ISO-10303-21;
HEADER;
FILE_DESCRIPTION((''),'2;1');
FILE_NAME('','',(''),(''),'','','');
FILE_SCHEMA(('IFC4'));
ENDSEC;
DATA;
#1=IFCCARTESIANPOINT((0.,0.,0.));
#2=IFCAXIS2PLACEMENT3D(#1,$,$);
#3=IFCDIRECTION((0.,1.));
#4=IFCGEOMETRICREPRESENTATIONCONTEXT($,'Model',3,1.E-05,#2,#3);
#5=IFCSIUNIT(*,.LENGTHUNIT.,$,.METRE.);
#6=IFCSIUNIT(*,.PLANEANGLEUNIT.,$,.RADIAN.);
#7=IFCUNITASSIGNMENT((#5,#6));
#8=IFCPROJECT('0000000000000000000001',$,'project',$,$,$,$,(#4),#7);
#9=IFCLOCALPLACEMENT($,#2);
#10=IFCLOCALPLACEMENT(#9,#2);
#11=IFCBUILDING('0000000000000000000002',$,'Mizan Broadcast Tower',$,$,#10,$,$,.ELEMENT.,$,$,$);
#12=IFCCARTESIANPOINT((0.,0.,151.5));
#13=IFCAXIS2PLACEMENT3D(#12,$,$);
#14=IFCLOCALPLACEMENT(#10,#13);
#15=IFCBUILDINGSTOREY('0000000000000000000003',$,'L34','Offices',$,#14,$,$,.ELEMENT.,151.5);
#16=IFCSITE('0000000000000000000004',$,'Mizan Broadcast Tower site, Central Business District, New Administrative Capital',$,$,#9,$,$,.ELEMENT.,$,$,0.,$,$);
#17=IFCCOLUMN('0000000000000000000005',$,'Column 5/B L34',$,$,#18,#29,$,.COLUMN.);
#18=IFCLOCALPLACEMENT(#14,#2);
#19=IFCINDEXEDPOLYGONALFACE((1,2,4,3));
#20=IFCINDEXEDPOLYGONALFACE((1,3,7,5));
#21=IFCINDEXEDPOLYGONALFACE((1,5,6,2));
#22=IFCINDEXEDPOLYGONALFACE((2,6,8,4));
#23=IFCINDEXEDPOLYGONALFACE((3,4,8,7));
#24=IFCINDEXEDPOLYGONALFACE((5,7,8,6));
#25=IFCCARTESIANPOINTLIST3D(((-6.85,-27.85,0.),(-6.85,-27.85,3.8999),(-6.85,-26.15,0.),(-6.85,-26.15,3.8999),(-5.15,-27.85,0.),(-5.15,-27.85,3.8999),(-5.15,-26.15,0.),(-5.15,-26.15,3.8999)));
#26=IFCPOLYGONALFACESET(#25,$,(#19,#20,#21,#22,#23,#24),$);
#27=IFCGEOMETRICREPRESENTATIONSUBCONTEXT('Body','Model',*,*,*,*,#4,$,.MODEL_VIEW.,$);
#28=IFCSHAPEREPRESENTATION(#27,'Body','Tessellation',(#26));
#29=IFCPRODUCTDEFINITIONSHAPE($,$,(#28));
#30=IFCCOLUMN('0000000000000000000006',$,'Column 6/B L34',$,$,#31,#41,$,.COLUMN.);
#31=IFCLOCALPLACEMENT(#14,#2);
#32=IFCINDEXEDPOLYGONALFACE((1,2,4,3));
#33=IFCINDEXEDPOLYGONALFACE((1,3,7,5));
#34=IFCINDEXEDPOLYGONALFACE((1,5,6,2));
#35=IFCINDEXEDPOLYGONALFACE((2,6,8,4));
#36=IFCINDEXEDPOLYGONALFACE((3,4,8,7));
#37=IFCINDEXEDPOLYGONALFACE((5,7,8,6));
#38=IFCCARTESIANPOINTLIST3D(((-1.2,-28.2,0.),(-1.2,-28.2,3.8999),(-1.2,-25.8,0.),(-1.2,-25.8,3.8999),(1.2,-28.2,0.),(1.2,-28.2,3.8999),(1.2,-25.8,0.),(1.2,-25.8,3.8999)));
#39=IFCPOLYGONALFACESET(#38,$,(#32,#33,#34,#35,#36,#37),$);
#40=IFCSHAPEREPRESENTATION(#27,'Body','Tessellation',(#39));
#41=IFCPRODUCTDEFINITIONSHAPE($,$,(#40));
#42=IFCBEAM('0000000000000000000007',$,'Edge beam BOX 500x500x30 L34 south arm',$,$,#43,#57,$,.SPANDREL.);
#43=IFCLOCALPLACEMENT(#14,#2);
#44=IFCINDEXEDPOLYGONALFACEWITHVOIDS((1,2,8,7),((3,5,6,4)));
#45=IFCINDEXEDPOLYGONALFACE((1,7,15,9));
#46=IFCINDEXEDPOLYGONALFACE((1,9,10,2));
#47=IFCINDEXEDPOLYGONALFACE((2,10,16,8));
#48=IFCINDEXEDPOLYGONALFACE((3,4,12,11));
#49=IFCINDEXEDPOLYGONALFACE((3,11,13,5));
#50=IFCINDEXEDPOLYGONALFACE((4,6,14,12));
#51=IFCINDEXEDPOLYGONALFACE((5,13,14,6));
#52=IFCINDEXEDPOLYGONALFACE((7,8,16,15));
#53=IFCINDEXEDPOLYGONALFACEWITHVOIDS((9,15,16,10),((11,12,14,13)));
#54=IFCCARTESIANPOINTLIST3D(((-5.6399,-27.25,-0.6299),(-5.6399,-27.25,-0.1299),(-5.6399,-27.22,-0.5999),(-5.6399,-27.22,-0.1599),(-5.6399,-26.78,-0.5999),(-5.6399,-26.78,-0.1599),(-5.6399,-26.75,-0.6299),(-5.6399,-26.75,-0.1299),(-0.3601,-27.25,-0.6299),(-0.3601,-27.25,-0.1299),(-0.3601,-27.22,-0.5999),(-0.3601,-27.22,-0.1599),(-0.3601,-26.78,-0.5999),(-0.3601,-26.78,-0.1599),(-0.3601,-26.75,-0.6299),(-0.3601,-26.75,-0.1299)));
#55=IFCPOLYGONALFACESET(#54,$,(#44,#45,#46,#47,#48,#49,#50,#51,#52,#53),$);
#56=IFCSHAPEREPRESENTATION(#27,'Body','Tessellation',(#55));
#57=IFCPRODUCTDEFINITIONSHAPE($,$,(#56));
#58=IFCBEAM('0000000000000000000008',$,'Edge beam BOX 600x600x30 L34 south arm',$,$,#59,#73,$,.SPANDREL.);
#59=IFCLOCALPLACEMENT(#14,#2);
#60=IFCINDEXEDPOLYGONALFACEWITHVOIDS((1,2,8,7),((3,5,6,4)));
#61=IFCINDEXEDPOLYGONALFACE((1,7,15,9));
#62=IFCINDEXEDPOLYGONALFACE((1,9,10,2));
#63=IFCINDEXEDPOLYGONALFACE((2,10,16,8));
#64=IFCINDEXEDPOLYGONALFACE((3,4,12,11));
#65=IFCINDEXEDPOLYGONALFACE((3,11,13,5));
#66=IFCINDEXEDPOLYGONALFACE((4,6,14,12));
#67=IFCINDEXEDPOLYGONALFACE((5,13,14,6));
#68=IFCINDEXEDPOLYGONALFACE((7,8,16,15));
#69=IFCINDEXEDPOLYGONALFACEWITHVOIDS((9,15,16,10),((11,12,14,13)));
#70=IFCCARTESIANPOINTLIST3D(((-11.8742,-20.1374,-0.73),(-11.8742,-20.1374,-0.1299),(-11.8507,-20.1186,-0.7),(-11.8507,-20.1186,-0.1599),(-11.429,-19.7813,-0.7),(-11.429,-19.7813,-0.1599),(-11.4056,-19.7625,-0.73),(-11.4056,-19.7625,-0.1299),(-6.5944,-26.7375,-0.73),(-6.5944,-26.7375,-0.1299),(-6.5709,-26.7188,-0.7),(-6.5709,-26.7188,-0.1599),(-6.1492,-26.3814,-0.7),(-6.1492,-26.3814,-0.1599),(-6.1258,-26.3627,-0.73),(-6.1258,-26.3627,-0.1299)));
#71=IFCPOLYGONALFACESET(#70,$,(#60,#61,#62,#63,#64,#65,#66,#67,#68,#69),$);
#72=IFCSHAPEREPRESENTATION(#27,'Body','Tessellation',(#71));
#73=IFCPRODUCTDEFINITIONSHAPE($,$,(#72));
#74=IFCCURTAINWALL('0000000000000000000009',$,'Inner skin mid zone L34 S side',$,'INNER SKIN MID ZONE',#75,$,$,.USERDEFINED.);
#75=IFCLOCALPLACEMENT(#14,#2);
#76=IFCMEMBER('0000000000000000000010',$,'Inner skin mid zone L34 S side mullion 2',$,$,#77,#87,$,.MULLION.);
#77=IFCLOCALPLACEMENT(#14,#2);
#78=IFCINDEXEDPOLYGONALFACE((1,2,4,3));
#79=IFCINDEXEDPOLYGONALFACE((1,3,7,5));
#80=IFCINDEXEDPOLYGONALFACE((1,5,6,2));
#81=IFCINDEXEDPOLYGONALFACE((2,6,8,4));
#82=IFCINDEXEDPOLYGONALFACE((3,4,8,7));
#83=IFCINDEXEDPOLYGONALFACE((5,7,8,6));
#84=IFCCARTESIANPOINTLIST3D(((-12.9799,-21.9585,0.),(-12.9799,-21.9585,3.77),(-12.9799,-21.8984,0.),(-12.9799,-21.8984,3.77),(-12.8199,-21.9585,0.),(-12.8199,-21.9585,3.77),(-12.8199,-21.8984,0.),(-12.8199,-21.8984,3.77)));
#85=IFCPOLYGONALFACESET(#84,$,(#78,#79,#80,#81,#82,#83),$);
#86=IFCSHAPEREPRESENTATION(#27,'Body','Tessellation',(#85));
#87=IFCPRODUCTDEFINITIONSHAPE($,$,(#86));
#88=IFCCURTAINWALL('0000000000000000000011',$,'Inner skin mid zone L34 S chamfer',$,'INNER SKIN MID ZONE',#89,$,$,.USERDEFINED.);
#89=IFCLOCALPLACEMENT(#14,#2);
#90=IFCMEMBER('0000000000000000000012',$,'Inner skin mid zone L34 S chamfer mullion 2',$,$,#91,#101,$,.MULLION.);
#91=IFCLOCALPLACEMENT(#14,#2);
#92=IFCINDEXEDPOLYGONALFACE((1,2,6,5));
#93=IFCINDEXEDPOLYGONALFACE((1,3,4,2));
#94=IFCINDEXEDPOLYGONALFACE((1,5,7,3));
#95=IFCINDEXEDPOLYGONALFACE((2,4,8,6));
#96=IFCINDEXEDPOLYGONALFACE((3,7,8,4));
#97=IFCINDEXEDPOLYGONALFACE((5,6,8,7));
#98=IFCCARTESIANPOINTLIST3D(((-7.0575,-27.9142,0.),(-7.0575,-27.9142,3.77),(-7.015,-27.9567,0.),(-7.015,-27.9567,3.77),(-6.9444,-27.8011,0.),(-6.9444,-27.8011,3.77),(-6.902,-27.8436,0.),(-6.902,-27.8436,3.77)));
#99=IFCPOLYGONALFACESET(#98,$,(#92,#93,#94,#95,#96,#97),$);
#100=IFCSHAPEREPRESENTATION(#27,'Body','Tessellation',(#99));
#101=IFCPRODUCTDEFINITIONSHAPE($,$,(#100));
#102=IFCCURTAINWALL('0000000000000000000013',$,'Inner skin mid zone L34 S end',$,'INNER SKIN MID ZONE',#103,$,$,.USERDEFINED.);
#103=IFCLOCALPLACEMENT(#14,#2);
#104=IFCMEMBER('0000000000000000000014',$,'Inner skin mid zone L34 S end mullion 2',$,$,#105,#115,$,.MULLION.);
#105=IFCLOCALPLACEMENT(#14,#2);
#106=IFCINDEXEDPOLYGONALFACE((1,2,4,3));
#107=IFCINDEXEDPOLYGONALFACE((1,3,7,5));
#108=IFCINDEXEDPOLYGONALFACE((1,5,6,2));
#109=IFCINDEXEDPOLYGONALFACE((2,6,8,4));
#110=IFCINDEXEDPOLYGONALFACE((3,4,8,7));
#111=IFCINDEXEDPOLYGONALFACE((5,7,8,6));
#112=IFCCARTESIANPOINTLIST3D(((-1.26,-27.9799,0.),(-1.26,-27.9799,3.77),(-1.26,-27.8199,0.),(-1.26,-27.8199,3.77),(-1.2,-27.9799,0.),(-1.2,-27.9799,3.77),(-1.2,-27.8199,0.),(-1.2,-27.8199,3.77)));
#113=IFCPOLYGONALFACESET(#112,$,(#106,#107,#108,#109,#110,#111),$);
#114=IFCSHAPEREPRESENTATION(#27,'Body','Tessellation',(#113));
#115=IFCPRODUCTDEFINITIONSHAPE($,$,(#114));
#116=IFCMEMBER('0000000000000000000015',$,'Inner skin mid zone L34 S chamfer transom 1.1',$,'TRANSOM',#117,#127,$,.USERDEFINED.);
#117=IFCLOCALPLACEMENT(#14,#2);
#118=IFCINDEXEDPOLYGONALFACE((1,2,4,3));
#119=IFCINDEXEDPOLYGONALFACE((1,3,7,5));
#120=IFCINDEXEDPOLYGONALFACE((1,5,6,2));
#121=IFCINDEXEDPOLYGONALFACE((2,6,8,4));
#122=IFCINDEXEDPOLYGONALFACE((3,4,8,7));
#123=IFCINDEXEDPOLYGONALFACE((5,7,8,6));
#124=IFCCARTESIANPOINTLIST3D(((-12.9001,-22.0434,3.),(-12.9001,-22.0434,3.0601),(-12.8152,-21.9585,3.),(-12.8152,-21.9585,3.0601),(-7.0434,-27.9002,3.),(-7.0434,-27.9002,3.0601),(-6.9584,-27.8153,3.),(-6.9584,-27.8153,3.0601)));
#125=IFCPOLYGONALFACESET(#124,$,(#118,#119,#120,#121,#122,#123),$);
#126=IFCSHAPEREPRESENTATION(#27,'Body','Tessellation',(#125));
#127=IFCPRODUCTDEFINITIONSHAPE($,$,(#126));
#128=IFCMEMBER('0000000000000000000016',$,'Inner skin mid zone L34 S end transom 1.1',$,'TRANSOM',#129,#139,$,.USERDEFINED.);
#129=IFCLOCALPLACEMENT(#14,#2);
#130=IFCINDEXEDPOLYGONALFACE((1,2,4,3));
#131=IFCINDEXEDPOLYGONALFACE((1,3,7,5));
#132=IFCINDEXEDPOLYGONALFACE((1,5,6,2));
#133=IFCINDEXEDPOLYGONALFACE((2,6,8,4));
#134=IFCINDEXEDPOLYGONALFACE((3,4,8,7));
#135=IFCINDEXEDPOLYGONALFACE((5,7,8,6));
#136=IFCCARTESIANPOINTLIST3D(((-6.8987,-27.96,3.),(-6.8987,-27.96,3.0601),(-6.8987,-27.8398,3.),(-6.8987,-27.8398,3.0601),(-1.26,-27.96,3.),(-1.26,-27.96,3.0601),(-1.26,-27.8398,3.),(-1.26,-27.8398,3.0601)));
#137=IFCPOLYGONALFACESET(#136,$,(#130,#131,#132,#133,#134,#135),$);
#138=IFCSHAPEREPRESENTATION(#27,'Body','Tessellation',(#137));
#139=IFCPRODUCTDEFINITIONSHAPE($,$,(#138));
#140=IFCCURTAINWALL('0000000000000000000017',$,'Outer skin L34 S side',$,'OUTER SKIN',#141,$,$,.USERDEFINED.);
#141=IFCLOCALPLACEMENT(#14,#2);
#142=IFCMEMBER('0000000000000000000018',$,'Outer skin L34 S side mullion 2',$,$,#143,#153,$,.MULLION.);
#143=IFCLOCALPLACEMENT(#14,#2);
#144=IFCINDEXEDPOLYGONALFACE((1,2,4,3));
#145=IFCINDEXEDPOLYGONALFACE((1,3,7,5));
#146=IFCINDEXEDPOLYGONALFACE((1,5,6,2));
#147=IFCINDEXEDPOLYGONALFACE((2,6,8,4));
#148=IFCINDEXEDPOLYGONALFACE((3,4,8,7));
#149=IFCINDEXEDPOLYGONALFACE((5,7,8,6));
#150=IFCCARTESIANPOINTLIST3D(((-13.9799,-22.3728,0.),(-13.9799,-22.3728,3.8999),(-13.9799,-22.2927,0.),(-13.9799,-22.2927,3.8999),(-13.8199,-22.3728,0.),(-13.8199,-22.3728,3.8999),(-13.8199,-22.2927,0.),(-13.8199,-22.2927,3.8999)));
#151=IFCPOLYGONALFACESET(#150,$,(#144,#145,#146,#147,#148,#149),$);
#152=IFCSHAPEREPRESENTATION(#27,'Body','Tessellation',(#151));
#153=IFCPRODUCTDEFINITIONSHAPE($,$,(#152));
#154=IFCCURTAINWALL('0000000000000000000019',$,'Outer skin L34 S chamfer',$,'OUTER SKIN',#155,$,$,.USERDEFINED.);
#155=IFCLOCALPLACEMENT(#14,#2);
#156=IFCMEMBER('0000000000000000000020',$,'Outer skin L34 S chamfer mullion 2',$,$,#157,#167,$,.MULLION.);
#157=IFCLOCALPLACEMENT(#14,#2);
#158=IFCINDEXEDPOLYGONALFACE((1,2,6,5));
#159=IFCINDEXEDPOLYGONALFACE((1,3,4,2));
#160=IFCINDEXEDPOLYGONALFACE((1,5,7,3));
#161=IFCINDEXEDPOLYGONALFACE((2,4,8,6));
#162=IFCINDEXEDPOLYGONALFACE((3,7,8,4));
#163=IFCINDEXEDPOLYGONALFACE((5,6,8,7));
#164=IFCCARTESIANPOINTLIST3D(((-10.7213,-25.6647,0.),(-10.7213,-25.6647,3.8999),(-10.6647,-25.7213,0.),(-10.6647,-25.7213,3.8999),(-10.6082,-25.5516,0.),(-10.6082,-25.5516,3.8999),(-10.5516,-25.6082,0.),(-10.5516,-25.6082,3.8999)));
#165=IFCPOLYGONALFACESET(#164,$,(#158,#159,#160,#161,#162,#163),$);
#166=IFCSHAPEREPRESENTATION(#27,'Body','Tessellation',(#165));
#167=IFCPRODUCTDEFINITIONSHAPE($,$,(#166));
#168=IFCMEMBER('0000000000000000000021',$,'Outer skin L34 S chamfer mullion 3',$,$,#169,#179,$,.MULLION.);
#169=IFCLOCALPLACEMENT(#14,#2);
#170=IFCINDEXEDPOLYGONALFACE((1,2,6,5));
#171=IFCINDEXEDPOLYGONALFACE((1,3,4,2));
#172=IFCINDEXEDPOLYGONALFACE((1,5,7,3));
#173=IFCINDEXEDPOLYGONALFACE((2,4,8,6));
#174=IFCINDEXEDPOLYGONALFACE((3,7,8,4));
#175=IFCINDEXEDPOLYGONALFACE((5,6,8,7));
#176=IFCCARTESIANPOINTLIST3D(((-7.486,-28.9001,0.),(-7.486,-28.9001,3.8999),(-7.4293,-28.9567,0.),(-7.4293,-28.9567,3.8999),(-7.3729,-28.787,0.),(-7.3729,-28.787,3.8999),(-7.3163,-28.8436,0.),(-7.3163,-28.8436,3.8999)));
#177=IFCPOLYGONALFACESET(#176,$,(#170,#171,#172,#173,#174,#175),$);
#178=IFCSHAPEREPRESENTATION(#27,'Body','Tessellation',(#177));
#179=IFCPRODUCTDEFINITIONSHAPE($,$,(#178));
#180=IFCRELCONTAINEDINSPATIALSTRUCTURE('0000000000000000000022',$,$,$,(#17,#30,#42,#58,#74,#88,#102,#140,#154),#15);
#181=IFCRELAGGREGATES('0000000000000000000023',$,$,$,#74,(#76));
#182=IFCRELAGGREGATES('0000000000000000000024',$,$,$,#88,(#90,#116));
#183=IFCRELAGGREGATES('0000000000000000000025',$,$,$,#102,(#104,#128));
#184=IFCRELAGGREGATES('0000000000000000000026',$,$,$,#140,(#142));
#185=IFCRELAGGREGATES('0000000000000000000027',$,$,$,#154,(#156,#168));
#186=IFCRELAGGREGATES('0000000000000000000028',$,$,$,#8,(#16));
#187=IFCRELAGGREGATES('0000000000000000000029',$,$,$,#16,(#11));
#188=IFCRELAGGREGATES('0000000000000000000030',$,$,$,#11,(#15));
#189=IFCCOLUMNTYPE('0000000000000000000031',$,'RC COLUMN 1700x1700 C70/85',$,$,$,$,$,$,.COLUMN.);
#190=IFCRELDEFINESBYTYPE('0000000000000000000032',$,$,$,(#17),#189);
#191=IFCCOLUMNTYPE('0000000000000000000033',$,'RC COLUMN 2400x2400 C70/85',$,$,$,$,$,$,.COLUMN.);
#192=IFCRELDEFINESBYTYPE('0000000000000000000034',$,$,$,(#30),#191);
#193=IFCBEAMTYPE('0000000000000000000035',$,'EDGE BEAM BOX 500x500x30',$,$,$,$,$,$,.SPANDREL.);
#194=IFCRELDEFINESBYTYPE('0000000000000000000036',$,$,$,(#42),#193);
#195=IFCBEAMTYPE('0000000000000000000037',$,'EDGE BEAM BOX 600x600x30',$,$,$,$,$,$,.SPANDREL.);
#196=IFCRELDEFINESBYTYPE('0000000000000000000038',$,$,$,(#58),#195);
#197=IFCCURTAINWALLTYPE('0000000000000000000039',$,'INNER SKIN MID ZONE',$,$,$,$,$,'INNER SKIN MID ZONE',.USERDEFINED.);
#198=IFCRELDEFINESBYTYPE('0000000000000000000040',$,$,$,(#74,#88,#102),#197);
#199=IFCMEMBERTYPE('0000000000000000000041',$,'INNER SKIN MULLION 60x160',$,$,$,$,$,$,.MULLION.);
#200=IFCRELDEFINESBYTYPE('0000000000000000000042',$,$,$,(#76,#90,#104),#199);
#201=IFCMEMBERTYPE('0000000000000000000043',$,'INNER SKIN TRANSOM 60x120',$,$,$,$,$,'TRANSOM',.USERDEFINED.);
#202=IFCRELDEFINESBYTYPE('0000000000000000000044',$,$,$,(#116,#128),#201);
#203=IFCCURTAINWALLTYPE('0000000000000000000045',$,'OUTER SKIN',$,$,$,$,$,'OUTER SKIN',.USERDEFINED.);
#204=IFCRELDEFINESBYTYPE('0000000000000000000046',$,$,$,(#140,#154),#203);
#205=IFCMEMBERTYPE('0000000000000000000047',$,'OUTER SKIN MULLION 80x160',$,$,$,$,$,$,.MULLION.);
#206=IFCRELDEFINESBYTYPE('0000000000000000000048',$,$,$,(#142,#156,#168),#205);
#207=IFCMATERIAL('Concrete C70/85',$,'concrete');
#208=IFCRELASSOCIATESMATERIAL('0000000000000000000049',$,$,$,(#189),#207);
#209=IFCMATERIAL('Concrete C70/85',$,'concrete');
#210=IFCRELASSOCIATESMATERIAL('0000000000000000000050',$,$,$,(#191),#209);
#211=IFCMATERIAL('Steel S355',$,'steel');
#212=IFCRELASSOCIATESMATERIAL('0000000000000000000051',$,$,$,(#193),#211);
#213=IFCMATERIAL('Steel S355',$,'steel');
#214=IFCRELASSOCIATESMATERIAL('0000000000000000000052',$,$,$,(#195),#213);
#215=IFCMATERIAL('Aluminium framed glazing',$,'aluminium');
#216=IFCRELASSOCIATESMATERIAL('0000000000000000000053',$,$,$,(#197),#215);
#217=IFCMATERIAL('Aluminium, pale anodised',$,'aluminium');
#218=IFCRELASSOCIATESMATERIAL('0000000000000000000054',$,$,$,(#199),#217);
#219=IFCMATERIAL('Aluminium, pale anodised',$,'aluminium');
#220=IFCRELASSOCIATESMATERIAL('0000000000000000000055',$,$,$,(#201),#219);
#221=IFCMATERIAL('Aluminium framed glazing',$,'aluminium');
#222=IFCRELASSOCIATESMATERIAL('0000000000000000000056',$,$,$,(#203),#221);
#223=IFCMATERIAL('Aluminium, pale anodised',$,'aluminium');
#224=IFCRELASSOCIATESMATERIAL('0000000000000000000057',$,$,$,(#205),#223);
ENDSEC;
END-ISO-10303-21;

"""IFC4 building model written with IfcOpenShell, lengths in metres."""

from ifc_helpers import new_model, si_unit, direction, frame, origin, origin_2d, place, context, subcontext, project, spatial, rectangle, hollow_rectangle, extrude, material, material_profile, profile_set, type_object, element, aggregate, save


model = new_model("IFC4")

# Units and contexts
model_context = context("Model", 3, precision=1e-05, world=origin(), true_north=direction((0.0, 1.0)))
body_context = subcontext(model_context, "Body", "Model", "MODEL_VIEW")
ifc_project = project(units=[si_unit("LENGTHUNIT", "METRE"), si_unit("PLANEANGLEUNIT", "RADIAN")], contexts=[model_context])

# Site, building, storey
site_placement = place(None, origin())
site = spatial("IfcSite", under=ifc_project, at=site_placement, Name="Mizan Broadcast Tower site, Central Business District, New Administrative Capital", CompositionType="ELEMENT", RefElevation=0.0)
building_placement = place(site_placement, origin())
building = spatial("IfcBuilding", under=site, at=building_placement, Name="Mizan Broadcast Tower", CompositionType="ELEMENT")
storey_placement = place(building_placement, frame((0.0, 0.0, 151.5)))
storey = spatial("IfcBuildingStorey", under=building, at=storey_placement, Name="L34", Description="Offices", CompositionType="ELEMENT", Elevation=151.5)

# Columns
ifc_material_1 = material(Name="Concrete C70/85", Category="concrete")
ifc_material_profile_1 = material_profile(ifc_material_1, rectangle(XDim=1.7, YDim=1.7, at=origin_2d()), Name="RC 1700x1700")
ifc_profile_set_1 = profile_set([ifc_material_profile_1], Name="Concrete C70/85")
column_type_1 = type_object("IfcColumnType", Name="RC COLUMN 1700x1700 C70/85", PredefinedType="COLUMN", material=ifc_profile_set_1)
column_1_placement = place(storey_placement, frame((-6.0, -27.0, 0.0), z_axis=(0.0, 0.0, 1.0), x_axis=(1.0, 0.0, 0.0)))
element("IfcColumn", 1, at=column_1_placement, inside=storey, type_object=column_type_1, Name="Column 5/B L34", PredefinedType="COLUMN", context=body_context, shape_type="SweptSolid", body=[
    extrude(rectangle(XDim=1.7, YDim=1.7, at=origin_2d()), origin(), (0.0, 0.0, 1.0), 3.8999),
])
ifc_material_2 = material(Name="Concrete C70/85", Category="concrete")
ifc_material_profile_2 = material_profile(ifc_material_2, rectangle(XDim=2.3999, YDim=2.3999, at=origin_2d()), Name="RC 2400x2400")
ifc_profile_set_2 = profile_set([ifc_material_profile_2], Name="Concrete C70/85")
column_type_2 = type_object("IfcColumnType", Name="RC COLUMN 2400x2400 C70/85", PredefinedType="COLUMN", material=ifc_profile_set_2)
column_2_placement = place(storey_placement, frame((0.0, -27.0, 0.0), z_axis=(0.0, 0.0, 1.0), x_axis=(1.0, 0.0, 0.0)))
element("IfcColumn", 2, at=column_2_placement, inside=storey, type_object=column_type_2, Name="Column 6/B L34", PredefinedType="COLUMN", context=body_context, shape_type="SweptSolid", body=[
    extrude(rectangle(XDim=2.3999, YDim=2.3999, at=origin_2d()), origin(), (0.0, 0.0, 1.0), 3.8999),
])

# Beams
ifc_material_3 = material(Name="Steel S355", Category="steel")
ifc_material_profile_3 = material_profile(ifc_material_3, hollow_rectangle(XDim=0.5, YDim=0.5, WallThickness=0.03, at=origin_2d()), Name="BOX 500x500x30")
ifc_profile_set_3 = profile_set([ifc_material_profile_3], Name="Steel S355")
beam_type_1 = type_object("IfcBeamType", Name="EDGE BEAM BOX 500x500x30", PredefinedType="SPANDREL", material=ifc_profile_set_3)
beam_1_placement = place(storey_placement, frame((-5.6399, -27.0, -0.3799), z_axis=(1.0, 0.0, 0.0), x_axis=(0.0, 1.0, 0.0)))
element("IfcBeam", 3, at=beam_1_placement, inside=storey, type_object=beam_type_1, Name="Edge beam BOX 500x500x30 L34 south arm", PredefinedType="SPANDREL", context=body_context, shape_type="SweptSolid", body=[
    extrude(hollow_rectangle(XDim=0.5, YDim=0.5, WallThickness=0.03, at=origin_2d()), origin(), (0.0, 0.0, 1.0), 5.2798),
])
ifc_material_4 = material(Name="Steel S355", Category="steel")
ifc_material_profile_4 = material_profile(ifc_material_4, hollow_rectangle(XDim=0.6001, YDim=0.6001, WallThickness=0.03, at=origin_2d()), Name="BOX 600x600x30")
ifc_profile_set_4 = profile_set([ifc_material_profile_4], Name="Steel S355")
beam_type_2 = type_object("IfcBeamType", Name="EDGE BEAM BOX 600x600x30", PredefinedType="SPANDREL", material=ifc_profile_set_4)
beam_2_placement = place(storey_placement, frame((-11.6399, -19.95, -0.4299), z_axis=(0.624674, -0.780886, 0.0), x_axis=(0.780886, 0.624674, 0.0)))
element("IfcBeam", 4, at=beam_2_placement, inside=storey, type_object=beam_type_2, Name="Edge beam BOX 600x600x30 L34 south arm", PredefinedType="SPANDREL", context=body_context, shape_type="SweptSolid", body=[
    extrude(hollow_rectangle(XDim=0.6001, YDim=0.6001, WallThickness=0.03, at=origin_2d()), origin(), (0.0, 0.0, 1.0), 8.4521),
])

# Curtain walls, members
ifc_material_5 = material(Name="Aluminium framed glazing", Category="aluminium")
curtain_wall_type_1 = type_object("IfcCurtainWallType", Name="INNER SKIN MID ZONE", ElementType="INNER SKIN MID ZONE", PredefinedType="USERDEFINED", material=ifc_material_5)
curtain_wall_1_placement = place(storey_placement, origin())
curtain_wall_1 = element("IfcCurtainWall", 5, at=curtain_wall_1_placement, inside=storey, type_object=curtain_wall_type_1, Name="Inner skin mid zone L34 S side", ObjectType="INNER SKIN MID ZONE", PredefinedType="USERDEFINED")
ifc_material_6 = material(Name="Aluminium, pale anodised", Category="aluminium")
ifc_material_profile_5 = material_profile(ifc_material_6, rectangle(XDim=0.1599, YDim=0.0601, at=origin_2d()), Name="MULLION 160x60")
ifc_profile_set_5 = profile_set([ifc_material_profile_5], Name="Aluminium, pale anodised")
member_type_1 = type_object("IfcMemberType", Name="INNER SKIN MULLION 60x160", PredefinedType="MULLION", material=ifc_profile_set_5)
member_1_placement = place(storey_placement, frame((-12.8999, -21.9285, 0.0), z_axis=(0.0, 0.0, 1.0), x_axis=(1.0, 0.0, 0.0)))
member_1 = element("IfcMember", 6, at=member_1_placement, type_object=member_type_1, Name="Inner skin mid zone L34 S side mullion 2", PredefinedType="MULLION", context=body_context, shape_type="SweptSolid", body=[
    extrude(rectangle(XDim=0.1599, YDim=0.0601, at=origin_2d()), origin(), (0.0, 0.0, 1.0), 3.77),
])
curtain_wall_2_placement = place(storey_placement, origin())
curtain_wall_2 = element("IfcCurtainWall", 7, at=curtain_wall_2_placement, inside=storey, type_object=curtain_wall_type_1, Name="Inner skin mid zone L34 S chamfer", ObjectType="INNER SKIN MID ZONE", PredefinedType="USERDEFINED")
member_2_placement = place(storey_placement, frame((-6.9797, -27.8789, 0.0), z_axis=(0.0, 0.0, 1.0), x_axis=(0.707107, 0.707107, 0.0)))
member_2 = element("IfcMember", 8, at=member_2_placement, type_object=member_type_1, Name="Inner skin mid zone L34 S chamfer mullion 2", PredefinedType="MULLION", context=body_context, shape_type="SweptSolid", body=[
    extrude(rectangle(XDim=0.1599, YDim=0.0601, at=origin_2d()), origin(), (0.0, 0.0, 1.0), 3.77),
])
curtain_wall_3_placement = place(storey_placement, origin())
curtain_wall_3 = element("IfcCurtainWall", 9, at=curtain_wall_3_placement, inside=storey, type_object=curtain_wall_type_1, Name="Inner skin mid zone L34 S end", ObjectType="INNER SKIN MID ZONE", PredefinedType="USERDEFINED")
member_3_placement = place(storey_placement, frame((-1.23, -27.8999, 0.0), z_axis=(0.0, 0.0, 1.0), x_axis=(0.0, 1.0, 0.0)))
member_3 = element("IfcMember", 10, at=member_3_placement, type_object=member_type_1, Name="Inner skin mid zone L34 S end mullion 2", PredefinedType="MULLION", context=body_context, shape_type="SweptSolid", body=[
    extrude(rectangle(XDim=0.1599, YDim=0.0601, at=origin_2d()), origin(), (0.0, 0.0, 1.0), 3.77),
])

# Members
ifc_material_7 = material(Name="Aluminium, pale anodised", Category="aluminium")
ifc_material_profile_6 = material_profile(ifc_material_7, rectangle(XDim=0.1201, YDim=0.0601, at=origin_2d()), Name="TRANSOM 120x60")
ifc_profile_set_6 = profile_set([ifc_material_profile_6], Name="Aluminium, pale anodised")
member_type_2 = type_object("IfcMemberType", Name="INNER SKIN TRANSOM 60x120", ElementType="TRANSOM", PredefinedType="USERDEFINED", material=ifc_profile_set_6)
member_4_placement = place(storey_placement, frame((-12.8577, -22.001, 3.03), z_axis=(0.707107, -0.707107, 0.0), x_axis=(0.707107, 0.707107, 0.0)))
member_4 = element("IfcMember", 11, at=member_4_placement, type_object=member_type_2, Name="Inner skin mid zone L34 S chamfer transom 1.1", ObjectType="TRANSOM", PredefinedType="USERDEFINED", context=body_context, shape_type="SweptSolid", body=[
    extrude(rectangle(XDim=0.1201, YDim=0.0601, at=origin_2d()), origin(), (0.0, 0.0, 1.0), 8.2827),
])
member_5_placement = place(storey_placement, frame((-6.8987, -27.8999, 3.03), z_axis=(1.0, 0.0, 0.0), x_axis=(0.0, 1.0, 0.0)))
member_5 = element("IfcMember", 12, at=member_5_placement, type_object=member_type_2, Name="Inner skin mid zone L34 S end transom 1.1", ObjectType="TRANSOM", PredefinedType="USERDEFINED", context=body_context, shape_type="SweptSolid", body=[
    extrude(rectangle(XDim=0.1201, YDim=0.0601, at=origin_2d()), origin(), (0.0, 0.0, 1.0), 5.6387),
])

# Curtain wall, member
ifc_material_8 = material(Name="Aluminium framed glazing", Category="aluminium")
curtain_wall_type_2 = type_object("IfcCurtainWallType", Name="OUTER SKIN", ElementType="OUTER SKIN", PredefinedType="USERDEFINED", material=ifc_material_8)
curtain_wall_4_placement = place(storey_placement, origin())
curtain_wall_4 = element("IfcCurtainWall", 13, at=curtain_wall_4_placement, inside=storey, type_object=curtain_wall_type_2, Name="Outer skin L34 S side", ObjectType="OUTER SKIN", PredefinedType="USERDEFINED")
ifc_material_9 = material(Name="Aluminium, pale anodised", Category="aluminium")
ifc_material_profile_7 = material_profile(ifc_material_9, rectangle(XDim=0.1599, YDim=0.0801, at=origin_2d()), Name="MULLION 160x80")
ifc_profile_set_7 = profile_set([ifc_material_profile_7], Name="Aluminium, pale anodised")
member_type_3 = type_object("IfcMemberType", Name="OUTER SKIN MULLION 80x160", PredefinedType="MULLION", material=ifc_profile_set_7)
member_6_placement = place(storey_placement, frame((-13.8999, -22.3328, 0.0), z_axis=(0.0, 0.0, 1.0), x_axis=(1.0, 0.0, 0.0)))
member_6 = element("IfcMember", 14, at=member_6_placement, type_object=member_type_3, Name="Outer skin L34 S side mullion 2", PredefinedType="MULLION", context=body_context, shape_type="SweptSolid", body=[
    extrude(rectangle(XDim=0.1599, YDim=0.0801, at=origin_2d()), origin(), (0.0, 0.0, 1.0), 3.8999),
])

# Curtain wall, members
curtain_wall_5_placement = place(storey_placement, origin())
curtain_wall_5 = element("IfcCurtainWall", 15, at=curtain_wall_5_placement, inside=storey, type_object=curtain_wall_type_2, Name="Outer skin L34 S chamfer", ObjectType="OUTER SKIN", PredefinedType="USERDEFINED")
member_7_placement = place(storey_placement, frame((-10.6365, -25.6365, 0.0), z_axis=(0.0, 0.0, 1.0), x_axis=(0.707107, 0.707107, 0.0)))
member_7 = element("IfcMember", 16, at=member_7_placement, type_object=member_type_3, Name="Outer skin L34 S chamfer mullion 2", PredefinedType="MULLION", context=body_context, shape_type="SweptSolid", body=[
    extrude(rectangle(XDim=0.1599, YDim=0.0801, at=origin_2d()), origin(), (0.0, 0.0, 1.0), 3.8999),
])
member_8_placement = place(storey_placement, frame((-7.4011, -28.8718, 0.0), z_axis=(0.0, 0.0, 1.0), x_axis=(0.707107, 0.707107, 0.0)))
member_8 = element("IfcMember", 17, at=member_8_placement, type_object=member_type_3, Name="Outer skin L34 S chamfer mullion 3", PredefinedType="MULLION", context=body_context, shape_type="SweptSolid", body=[
    extrude(rectangle(XDim=0.1599, YDim=0.0801, at=origin_2d()), origin(), (0.0, 0.0, 1.0), 3.8999),
])

aggregate(curtain_wall_1, [member_1])
aggregate(curtain_wall_2, [member_2, member_4])
aggregate(curtain_wall_3, [member_3, member_5])
aggregate(curtain_wall_4, [member_6])
aggregate(curtain_wall_5, [member_7, member_8])

save(model, "model.ifc")
